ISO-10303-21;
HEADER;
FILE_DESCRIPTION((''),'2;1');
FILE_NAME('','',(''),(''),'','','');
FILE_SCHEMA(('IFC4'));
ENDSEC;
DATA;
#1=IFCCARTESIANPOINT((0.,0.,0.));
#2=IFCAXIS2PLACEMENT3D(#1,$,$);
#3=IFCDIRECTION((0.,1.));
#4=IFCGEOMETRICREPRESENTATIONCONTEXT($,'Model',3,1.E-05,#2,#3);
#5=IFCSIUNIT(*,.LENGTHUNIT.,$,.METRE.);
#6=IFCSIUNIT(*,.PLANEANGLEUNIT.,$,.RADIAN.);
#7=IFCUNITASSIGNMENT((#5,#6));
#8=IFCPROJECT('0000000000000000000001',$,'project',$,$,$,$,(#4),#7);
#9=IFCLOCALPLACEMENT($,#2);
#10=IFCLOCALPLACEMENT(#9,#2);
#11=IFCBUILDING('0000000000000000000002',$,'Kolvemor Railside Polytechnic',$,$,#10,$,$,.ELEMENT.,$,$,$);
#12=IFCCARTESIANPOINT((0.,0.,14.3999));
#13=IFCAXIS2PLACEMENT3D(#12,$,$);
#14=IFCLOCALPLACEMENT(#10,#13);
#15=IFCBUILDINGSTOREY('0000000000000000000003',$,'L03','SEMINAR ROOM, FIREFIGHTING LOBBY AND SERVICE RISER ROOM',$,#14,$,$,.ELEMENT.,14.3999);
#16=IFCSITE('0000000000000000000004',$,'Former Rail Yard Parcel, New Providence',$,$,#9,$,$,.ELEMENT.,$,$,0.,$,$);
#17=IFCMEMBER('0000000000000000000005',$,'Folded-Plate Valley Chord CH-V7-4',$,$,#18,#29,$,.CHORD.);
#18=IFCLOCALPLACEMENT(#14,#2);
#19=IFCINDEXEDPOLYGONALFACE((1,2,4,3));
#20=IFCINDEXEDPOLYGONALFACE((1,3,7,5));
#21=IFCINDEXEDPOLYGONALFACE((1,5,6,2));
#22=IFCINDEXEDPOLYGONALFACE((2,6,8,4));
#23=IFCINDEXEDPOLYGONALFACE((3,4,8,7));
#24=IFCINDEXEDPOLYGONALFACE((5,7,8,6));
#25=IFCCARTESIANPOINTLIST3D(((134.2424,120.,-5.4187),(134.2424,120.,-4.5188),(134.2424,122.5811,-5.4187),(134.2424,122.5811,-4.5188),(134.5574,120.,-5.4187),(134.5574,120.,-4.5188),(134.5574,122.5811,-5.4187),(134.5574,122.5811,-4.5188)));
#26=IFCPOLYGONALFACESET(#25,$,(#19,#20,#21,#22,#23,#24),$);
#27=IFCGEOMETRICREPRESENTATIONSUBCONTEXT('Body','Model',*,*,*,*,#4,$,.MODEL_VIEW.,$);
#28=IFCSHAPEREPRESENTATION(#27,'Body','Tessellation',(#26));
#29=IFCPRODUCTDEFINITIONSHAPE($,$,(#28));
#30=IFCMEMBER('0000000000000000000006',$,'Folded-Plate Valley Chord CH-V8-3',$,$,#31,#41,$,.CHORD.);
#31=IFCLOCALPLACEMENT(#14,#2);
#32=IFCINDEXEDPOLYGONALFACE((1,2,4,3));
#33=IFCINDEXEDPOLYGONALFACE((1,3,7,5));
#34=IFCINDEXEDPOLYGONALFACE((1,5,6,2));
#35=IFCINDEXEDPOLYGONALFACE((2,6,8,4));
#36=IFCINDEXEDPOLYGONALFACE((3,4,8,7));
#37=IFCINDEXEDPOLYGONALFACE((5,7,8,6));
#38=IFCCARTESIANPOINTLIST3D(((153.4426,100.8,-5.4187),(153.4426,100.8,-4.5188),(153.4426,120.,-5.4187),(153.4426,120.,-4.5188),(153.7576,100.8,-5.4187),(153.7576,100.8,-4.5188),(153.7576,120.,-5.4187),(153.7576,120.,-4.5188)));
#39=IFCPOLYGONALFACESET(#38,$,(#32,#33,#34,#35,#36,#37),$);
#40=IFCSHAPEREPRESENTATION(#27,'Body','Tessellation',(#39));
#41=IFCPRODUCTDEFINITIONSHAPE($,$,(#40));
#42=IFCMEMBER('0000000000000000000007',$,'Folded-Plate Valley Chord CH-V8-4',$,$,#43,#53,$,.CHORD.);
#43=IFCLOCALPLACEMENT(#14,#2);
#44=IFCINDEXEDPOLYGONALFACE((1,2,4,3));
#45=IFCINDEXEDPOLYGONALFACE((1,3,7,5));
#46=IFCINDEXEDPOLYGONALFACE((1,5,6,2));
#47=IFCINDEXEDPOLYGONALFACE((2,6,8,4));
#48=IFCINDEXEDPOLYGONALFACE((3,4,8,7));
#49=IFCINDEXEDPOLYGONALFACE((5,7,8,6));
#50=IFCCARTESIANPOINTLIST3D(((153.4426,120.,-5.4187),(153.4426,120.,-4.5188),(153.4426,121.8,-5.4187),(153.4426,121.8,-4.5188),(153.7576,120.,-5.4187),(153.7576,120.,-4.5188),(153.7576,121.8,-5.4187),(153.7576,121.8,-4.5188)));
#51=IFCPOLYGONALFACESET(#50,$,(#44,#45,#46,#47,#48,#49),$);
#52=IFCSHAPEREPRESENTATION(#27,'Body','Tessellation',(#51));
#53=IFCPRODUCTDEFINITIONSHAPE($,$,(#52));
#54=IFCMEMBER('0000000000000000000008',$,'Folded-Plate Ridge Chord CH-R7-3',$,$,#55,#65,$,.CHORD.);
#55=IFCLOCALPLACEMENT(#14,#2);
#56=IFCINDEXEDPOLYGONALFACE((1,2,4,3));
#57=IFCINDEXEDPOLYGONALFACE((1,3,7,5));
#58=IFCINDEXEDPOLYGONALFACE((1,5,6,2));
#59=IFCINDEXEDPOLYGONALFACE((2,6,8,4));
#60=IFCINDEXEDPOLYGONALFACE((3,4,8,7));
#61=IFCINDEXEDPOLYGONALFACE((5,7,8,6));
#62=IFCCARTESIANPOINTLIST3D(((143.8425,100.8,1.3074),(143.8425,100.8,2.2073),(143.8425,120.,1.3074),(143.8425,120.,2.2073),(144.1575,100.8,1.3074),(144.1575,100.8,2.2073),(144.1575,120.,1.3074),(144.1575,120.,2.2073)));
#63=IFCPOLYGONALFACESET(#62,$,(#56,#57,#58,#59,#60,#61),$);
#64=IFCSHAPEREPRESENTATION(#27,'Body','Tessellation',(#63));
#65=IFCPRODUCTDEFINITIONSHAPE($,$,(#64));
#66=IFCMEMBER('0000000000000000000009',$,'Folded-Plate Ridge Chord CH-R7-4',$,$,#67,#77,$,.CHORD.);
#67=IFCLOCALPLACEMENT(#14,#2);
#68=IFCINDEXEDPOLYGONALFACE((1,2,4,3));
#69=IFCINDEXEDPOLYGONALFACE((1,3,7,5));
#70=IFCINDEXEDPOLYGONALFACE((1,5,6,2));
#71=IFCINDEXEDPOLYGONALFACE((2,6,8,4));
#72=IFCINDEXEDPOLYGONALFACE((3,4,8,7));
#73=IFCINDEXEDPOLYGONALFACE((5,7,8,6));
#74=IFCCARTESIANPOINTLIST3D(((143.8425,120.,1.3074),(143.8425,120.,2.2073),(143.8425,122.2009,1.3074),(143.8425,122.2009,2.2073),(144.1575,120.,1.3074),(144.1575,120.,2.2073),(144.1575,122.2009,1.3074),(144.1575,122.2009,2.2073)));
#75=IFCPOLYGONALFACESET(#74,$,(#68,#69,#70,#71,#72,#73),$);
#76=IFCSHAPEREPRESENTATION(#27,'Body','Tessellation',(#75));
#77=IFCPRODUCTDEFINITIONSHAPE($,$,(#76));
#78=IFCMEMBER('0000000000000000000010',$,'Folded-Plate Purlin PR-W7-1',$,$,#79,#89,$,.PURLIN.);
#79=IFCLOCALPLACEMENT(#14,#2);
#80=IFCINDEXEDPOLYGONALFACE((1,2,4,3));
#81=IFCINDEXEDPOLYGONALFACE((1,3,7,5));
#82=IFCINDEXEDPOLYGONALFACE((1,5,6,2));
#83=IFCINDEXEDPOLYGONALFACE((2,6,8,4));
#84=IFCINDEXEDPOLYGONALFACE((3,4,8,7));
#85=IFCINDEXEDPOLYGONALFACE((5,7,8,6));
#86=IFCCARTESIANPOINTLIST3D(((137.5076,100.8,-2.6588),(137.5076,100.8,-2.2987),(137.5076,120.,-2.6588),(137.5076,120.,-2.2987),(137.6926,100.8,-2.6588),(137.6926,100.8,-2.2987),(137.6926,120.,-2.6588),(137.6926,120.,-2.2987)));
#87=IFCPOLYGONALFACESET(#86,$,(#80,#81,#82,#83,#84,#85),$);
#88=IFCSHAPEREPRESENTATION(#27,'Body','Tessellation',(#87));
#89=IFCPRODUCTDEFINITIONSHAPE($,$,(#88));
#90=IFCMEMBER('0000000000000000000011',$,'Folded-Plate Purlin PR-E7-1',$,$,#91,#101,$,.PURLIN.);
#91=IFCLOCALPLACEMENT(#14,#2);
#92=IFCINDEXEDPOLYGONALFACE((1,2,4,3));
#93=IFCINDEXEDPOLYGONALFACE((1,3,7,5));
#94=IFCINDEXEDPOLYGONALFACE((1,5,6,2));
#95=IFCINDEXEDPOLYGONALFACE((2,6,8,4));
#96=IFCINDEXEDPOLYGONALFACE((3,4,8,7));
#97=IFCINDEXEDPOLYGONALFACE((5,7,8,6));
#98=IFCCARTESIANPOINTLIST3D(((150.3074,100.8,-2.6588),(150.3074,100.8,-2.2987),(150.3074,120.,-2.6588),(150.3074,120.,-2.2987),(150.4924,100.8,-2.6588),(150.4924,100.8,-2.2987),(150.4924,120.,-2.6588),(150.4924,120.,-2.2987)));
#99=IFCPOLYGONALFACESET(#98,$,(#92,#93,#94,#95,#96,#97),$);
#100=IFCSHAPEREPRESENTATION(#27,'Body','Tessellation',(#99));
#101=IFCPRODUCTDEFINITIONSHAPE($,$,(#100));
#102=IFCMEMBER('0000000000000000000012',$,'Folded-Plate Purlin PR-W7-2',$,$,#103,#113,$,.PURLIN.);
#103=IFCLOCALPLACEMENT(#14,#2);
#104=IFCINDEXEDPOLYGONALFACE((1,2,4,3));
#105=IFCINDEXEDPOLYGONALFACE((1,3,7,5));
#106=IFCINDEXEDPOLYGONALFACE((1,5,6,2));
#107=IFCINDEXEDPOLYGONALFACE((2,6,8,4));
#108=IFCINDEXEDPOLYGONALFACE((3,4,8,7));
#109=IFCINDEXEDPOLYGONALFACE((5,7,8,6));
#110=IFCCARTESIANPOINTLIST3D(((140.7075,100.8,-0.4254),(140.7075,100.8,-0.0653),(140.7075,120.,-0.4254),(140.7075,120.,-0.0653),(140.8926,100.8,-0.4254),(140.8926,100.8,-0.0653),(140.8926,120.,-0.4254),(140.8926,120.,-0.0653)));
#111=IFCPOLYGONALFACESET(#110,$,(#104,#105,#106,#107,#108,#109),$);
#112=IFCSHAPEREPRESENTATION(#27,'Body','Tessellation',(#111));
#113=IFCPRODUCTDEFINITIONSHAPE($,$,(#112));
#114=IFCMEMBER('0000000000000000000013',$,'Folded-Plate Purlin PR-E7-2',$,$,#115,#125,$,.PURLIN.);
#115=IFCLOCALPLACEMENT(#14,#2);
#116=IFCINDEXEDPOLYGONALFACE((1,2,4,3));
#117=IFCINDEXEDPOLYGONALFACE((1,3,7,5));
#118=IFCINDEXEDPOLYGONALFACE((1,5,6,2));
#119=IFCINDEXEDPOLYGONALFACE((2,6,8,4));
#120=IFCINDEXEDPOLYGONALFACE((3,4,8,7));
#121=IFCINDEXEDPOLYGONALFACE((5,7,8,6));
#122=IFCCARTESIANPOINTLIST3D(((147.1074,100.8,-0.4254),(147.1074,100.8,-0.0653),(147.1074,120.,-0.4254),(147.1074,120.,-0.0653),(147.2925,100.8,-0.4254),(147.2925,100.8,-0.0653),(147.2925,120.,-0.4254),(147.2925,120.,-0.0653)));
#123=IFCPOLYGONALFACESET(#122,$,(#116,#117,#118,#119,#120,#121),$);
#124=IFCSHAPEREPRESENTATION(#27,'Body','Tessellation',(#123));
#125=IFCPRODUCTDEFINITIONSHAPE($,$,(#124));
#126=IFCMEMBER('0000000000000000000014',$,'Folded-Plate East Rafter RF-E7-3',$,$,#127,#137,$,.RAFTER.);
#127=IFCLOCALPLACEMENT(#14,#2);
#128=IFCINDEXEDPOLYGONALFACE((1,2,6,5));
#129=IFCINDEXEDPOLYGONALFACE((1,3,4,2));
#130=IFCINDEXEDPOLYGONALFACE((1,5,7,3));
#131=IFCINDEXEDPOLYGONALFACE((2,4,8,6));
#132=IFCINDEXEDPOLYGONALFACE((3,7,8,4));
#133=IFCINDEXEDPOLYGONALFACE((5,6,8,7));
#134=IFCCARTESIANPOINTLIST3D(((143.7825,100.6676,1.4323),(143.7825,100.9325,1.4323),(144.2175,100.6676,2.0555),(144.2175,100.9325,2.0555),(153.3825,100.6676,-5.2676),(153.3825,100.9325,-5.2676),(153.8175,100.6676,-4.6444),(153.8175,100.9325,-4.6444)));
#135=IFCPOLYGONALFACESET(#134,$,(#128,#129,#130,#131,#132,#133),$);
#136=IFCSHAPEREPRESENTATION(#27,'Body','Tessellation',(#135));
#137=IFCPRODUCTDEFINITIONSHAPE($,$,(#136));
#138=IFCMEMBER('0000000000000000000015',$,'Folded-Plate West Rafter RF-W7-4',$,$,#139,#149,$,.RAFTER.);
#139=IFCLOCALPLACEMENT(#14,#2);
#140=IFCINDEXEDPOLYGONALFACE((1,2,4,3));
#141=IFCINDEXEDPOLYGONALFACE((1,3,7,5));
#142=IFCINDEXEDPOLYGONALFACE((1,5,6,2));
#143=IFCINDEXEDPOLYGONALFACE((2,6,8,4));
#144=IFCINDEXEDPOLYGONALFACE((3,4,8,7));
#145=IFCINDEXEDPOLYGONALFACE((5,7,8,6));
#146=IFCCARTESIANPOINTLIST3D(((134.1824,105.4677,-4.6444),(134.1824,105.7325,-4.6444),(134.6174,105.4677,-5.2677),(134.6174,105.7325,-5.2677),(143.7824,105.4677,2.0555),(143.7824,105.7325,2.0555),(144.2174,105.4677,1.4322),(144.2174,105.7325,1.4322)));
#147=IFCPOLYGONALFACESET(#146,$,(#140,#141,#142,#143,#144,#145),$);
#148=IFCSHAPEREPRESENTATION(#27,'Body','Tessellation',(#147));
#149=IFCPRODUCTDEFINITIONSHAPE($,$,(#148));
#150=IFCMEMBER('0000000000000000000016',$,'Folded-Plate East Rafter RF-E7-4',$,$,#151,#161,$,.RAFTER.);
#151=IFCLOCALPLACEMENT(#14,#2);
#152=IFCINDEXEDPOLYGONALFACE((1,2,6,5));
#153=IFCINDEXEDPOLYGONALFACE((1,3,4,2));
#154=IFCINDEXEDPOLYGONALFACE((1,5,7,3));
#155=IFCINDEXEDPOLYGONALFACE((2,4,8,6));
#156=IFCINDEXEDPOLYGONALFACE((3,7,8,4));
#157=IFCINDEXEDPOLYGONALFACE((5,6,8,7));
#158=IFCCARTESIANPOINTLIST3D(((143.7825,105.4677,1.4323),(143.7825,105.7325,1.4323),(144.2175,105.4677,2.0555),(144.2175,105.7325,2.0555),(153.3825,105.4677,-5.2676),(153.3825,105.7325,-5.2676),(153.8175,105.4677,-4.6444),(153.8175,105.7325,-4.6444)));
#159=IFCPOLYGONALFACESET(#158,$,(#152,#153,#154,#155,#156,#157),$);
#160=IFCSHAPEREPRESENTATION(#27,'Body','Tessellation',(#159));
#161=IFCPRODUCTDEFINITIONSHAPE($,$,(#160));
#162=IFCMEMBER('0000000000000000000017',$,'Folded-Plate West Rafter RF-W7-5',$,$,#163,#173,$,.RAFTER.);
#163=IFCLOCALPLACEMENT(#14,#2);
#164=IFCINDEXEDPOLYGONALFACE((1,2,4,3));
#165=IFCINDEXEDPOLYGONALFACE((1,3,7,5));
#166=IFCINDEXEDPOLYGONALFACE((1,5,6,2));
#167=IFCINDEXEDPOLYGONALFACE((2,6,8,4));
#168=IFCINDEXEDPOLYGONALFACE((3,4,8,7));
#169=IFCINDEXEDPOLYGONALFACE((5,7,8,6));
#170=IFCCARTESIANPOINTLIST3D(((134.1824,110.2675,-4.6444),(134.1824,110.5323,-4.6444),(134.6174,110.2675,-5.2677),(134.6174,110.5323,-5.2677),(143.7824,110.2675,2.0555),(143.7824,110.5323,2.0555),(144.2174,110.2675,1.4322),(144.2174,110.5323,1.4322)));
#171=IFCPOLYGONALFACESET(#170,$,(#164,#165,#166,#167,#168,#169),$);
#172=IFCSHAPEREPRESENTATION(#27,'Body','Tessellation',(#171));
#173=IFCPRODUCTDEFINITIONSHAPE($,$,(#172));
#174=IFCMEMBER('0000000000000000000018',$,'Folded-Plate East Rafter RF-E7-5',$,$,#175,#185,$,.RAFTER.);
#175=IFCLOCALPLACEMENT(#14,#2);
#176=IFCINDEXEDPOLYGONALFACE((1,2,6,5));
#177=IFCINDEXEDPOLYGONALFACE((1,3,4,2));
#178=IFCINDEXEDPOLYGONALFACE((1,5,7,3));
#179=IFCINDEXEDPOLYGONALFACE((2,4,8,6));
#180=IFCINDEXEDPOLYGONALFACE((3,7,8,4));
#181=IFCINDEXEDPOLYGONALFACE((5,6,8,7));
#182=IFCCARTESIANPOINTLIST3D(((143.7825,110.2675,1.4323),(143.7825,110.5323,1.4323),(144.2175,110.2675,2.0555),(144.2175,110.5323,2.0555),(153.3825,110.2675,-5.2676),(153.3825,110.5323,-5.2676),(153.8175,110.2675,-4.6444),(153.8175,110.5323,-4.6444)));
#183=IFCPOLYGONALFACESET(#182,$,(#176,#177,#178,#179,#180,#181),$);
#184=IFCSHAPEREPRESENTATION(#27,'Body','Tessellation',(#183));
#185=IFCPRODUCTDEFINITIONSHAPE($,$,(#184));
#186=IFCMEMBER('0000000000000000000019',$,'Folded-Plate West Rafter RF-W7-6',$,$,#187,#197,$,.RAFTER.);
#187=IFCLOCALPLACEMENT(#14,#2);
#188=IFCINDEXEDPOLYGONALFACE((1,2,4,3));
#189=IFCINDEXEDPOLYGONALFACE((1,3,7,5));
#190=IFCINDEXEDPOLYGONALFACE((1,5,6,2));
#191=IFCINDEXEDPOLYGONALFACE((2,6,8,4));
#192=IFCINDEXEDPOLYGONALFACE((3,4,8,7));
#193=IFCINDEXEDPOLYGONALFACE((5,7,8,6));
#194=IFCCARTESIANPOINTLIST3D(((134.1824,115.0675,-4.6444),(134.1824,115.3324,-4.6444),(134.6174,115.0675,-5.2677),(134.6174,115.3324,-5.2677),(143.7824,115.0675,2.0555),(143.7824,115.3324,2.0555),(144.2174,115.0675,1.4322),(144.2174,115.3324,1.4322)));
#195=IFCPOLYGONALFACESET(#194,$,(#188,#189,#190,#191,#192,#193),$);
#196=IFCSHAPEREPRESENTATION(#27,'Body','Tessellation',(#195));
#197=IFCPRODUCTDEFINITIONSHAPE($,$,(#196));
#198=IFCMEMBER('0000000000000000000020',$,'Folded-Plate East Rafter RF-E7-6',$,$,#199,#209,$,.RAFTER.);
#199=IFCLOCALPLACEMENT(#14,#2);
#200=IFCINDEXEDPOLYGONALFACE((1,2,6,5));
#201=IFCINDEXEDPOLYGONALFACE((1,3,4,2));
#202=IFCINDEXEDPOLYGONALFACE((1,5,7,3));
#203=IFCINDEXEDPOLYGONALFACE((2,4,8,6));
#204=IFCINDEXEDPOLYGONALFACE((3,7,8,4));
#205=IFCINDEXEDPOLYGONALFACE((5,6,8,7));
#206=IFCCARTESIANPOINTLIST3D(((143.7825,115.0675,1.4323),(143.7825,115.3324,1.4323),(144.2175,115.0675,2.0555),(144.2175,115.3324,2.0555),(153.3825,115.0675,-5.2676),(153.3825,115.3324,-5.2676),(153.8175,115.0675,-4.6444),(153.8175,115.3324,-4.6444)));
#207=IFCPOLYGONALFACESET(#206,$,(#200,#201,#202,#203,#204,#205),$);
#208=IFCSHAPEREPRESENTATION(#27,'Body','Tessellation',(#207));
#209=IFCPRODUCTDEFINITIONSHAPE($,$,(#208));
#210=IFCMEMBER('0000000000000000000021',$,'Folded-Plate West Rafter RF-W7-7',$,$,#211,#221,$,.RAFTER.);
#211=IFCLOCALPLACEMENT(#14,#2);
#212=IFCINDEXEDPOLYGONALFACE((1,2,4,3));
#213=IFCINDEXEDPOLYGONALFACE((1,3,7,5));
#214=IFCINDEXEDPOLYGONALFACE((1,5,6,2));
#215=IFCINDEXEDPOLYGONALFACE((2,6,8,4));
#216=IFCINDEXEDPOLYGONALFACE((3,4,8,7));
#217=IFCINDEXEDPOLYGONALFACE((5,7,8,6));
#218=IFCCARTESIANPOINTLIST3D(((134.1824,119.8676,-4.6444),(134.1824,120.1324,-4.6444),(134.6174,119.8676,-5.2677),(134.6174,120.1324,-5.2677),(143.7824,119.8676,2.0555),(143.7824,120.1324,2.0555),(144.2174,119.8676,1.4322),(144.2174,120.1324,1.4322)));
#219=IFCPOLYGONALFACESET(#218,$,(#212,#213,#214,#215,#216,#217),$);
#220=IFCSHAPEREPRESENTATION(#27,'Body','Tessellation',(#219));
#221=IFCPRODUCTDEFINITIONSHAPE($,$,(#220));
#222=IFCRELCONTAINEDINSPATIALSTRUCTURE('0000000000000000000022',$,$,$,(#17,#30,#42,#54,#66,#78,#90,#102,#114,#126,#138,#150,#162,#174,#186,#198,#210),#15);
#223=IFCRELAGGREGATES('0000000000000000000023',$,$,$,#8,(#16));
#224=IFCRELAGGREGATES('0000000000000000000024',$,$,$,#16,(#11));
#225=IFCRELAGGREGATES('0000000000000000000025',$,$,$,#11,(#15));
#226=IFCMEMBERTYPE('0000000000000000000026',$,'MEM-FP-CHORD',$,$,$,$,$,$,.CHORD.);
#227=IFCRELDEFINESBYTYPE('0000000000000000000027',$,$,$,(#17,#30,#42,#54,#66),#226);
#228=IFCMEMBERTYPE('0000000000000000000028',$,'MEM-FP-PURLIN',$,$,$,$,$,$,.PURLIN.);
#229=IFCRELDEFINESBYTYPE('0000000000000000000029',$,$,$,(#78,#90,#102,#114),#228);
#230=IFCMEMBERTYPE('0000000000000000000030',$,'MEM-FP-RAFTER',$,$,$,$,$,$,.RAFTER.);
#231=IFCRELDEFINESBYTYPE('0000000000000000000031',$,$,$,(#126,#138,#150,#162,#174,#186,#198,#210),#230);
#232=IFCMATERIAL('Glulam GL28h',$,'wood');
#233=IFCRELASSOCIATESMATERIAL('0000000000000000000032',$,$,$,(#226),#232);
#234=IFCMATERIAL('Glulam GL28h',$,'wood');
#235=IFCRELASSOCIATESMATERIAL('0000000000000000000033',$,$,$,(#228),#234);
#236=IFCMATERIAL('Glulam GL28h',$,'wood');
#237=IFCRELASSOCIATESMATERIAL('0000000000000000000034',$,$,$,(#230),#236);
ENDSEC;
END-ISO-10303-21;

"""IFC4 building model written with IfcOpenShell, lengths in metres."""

from ifc_helpers import new_model, si_unit, direction, frame, origin, origin_2d, place, context, subcontext, project, spatial, rectangle, extrude, material, material_profile, profile_set, type_object, element, save


model = new_model("IFC4")

# Units and contexts
model_context = context("Model", 3, precision=1e-05, world=origin(), true_north=direction((0.0, 1.0)))
body_context = subcontext(model_context, "Body", "Model", "MODEL_VIEW")
ifc_project = project(units=[si_unit("LENGTHUNIT", "METRE"), si_unit("PLANEANGLEUNIT", "RADIAN")], contexts=[model_context])

# Site, building, storey
site_placement = place(None, origin())
site = spatial("IfcSite", under=ifc_project, at=site_placement, Name="Former Rail Yard Parcel, New Providence", CompositionType="ELEMENT", RefElevation=0.0)
building_placement = place(site_placement, origin())
building = spatial("IfcBuilding", under=site, at=building_placement, Name="Kolvemor Railside Polytechnic", CompositionType="ELEMENT")
storey_placement = place(building_placement, frame((0.0, 0.0, 14.3999)))
storey = spatial("IfcBuildingStorey", under=building, at=storey_placement, Name="L03", Description="SEMINAR ROOM, FIREFIGHTING LOBBY AND SERVICE RISER ROOM", CompositionType="ELEMENT", Elevation=14.3999)

# Members
ifc_material_1 = material(Name="Glulam GL28h", Category="wood")
ifc_material_profile_1 = material_profile(ifc_material_1, rectangle(XDim=0.3149, YDim=0.8999, at=origin_2d()), Name="GL315x900")
ifc_profile_set_1 = profile_set([ifc_material_profile_1], Name="Glulam GL28h")
member_type_1 = type_object("IfcMemberType", Name="MEM-FP-CHORD", PredefinedType="CHORD", material=ifc_profile_set_1)
member_1_placement = place(storey_placement, frame((134.3999, 120.0, -4.9688), z_axis=(0.0, 1.0, 0.0), x_axis=(-1.0, 0.0, 0.0)))
element("IfcMember", 1, at=member_1_placement, inside=storey, type_object=member_type_1, Name="Folded-Plate Valley Chord CH-V7-4", PredefinedType="CHORD", context=body_context, shape_type="SweptSolid", body=[
    extrude(rectangle(XDim=0.3149, YDim=0.8999, at=origin_2d()), origin(), (0.0, 0.0, 1.0), 2.5811),
])
member_2_placement = place(storey_placement, frame((153.6001, 100.8, -4.9688), z_axis=(0.0, 1.0, 0.0), x_axis=(-1.0, 0.0, 0.0)))
element("IfcMember", 2, at=member_2_placement, inside=storey, type_object=member_type_1, Name="Folded-Plate Valley Chord CH-V8-3", PredefinedType="CHORD", context=body_context, shape_type="SweptSolid", body=[
    extrude(rectangle(XDim=0.3149, YDim=0.8999, at=origin_2d()), origin(), (0.0, 0.0, 1.0), 19.2),
])
member_3_placement = place(storey_placement, frame((153.6001, 120.0, -4.9688), z_axis=(0.0, 1.0, 0.0), x_axis=(-1.0, 0.0, 0.0)))
element("IfcMember", 3, at=member_3_placement, inside=storey, type_object=member_type_1, Name="Folded-Plate Valley Chord CH-V8-4", PredefinedType="CHORD", context=body_context, shape_type="SweptSolid", body=[
    extrude(rectangle(XDim=0.3149, YDim=0.8999, at=origin_2d()), origin(), (0.0, 0.0, 1.0), 1.8),
])
member_4_placement = place(storey_placement, frame((144.0, 100.8, 1.7573), z_axis=(0.0, 1.0, 0.0), x_axis=(-1.0, 0.0, 0.0)))
element("IfcMember", 4, at=member_4_placement, inside=storey, type_object=member_type_1, Name="Folded-Plate Ridge Chord CH-R7-3", PredefinedType="CHORD", context=body_context, shape_type="SweptSolid", body=[
    extrude(rectangle(XDim=0.3149, YDim=0.8999, at=origin_2d()), origin(), (0.0, 0.0, 1.0), 19.2),
])
member_5_placement = place(storey_placement, frame((144.0, 120.0, 1.7573), z_axis=(0.0, 1.0, 0.0), x_axis=(-1.0, 0.0, 0.0)))
element("IfcMember", 5, at=member_5_placement, inside=storey, type_object=member_type_1, Name="Folded-Plate Ridge Chord CH-R7-4", PredefinedType="CHORD", context=body_context, shape_type="SweptSolid", body=[
    extrude(rectangle(XDim=0.3149, YDim=0.8999, at=origin_2d()), origin(), (0.0, 0.0, 1.0), 2.2009),
])
ifc_material_2 = material(Name="Glulam GL28h", Category="wood")
ifc_material_profile_2 = material_profile(ifc_material_2, rectangle(XDim=0.1851, YDim=0.3601, at=origin_2d()), Name="GL185x360")
ifc_profile_set_2 = profile_set([ifc_material_profile_2], Name="Glulam GL28h")
member_type_2 = type_object("IfcMemberType", Name="MEM-FP-PURLIN", PredefinedType="PURLIN", material=ifc_profile_set_2)
for number, where, z_axis, x_axis, name in (
    (6, (137.6001, 100.8, -2.4788), (0.0, 1.0, 0.0), (-1.0, 0.0, 0.0), "Folded-Plate Purlin PR-W7-1"),
    (7, (150.3999, 100.8, -2.4788), (0.0, 1.0, 0.0), (-1.0, 0.0, 0.0), "Folded-Plate Purlin PR-E7-1"),
    (8, (140.8, 100.8, -0.2454), (0.0, 1.0, 0.0), (-1.0, 0.0, 0.0), "Folded-Plate Purlin PR-W7-2"),
    (9, (147.2, 100.8, -0.2454), (0.0, 1.0, 0.0), (-1.0, 0.0, 0.0), "Folded-Plate Purlin PR-E7-2"),
):
    element("IfcMember", number, at=place(storey_placement, frame(where, z_axis=z_axis, x_axis=x_axis)), inside=storey, type_object=member_type_2, Name=name, PredefinedType="PURLIN", context=body_context, shape_type="SweptSolid", body=[
        extrude(rectangle(XDim=0.1851, YDim=0.3601, at=origin_2d()), origin(), (0.0, 0.0, 1.0), 19.2),
    ])
ifc_material_3 = material(Name="Glulam GL28h", Category="wood")
ifc_material_profile_3 = material_profile(ifc_material_3, rectangle(XDim=0.2649, YDim=0.76, at=origin_2d()), Name="GL265x760")
ifc_profile_set_3 = profile_set([ifc_material_profile_3], Name="Glulam GL28h")
member_type_3 = type_object("IfcMemberType", Name="MEM-FP-RAFTER", PredefinedType="RAFTER", material=ifc_profile_set_3)
for number, where, z_axis, x_axis, name in (
    (10, (144.0, 100.8, 1.7439), (0.820038, 0.0, -0.572308), (0.0, 1.0, 0.0), "Folded-Plate East Rafter RF-E7-3"),
    (11, (134.3999, 105.6001, -4.9561), (0.820038, 0.0, 0.572308), (0.0, 1.0, 0.0), "Folded-Plate West Rafter RF-W7-4"),
    (12, (144.0, 105.6001, 1.7439), (0.820038, 0.0, -0.572308), (0.0, 1.0, 0.0), "Folded-Plate East Rafter RF-E7-4"),
    (13, (134.3999, 110.3999, -4.9561), (0.820038, 0.0, 0.572308), (0.0, 1.0, 0.0), "Folded-Plate West Rafter RF-W7-5"),
    (14, (144.0, 110.3999, 1.7439), (0.820038, 0.0, -0.572308), (0.0, 1.0, 0.0), "Folded-Plate East Rafter RF-E7-5"),
    (15, (134.3999, 115.2, -4.9561), (0.820038, 0.0, 0.572308), (0.0, 1.0, 0.0), "Folded-Plate West Rafter RF-W7-6"),
    (16, (144.0, 115.2, 1.7439), (0.820038, 0.0, -0.572308), (0.0, 1.0, 0.0), "Folded-Plate East Rafter RF-E7-6"),
    (17, (134.3999, 120.0, -4.9561), (0.820038, 0.0, 0.572308), (0.0, 1.0, 0.0), "Folded-Plate West Rafter RF-W7-7"),
):
    element("IfcMember", number, at=place(storey_placement, frame(where, z_axis=z_axis, x_axis=x_axis)), inside=storey, type_object=member_type_3, Name=name, PredefinedType="RAFTER", context=body_context, shape_type="SweptSolid", body=[
        extrude(rectangle(XDim=0.2649, YDim=0.76, at=origin_2d()), origin(), (0.0, 0.0, 1.0), 11.7068),
    ])

save(model, "model.ifc")
